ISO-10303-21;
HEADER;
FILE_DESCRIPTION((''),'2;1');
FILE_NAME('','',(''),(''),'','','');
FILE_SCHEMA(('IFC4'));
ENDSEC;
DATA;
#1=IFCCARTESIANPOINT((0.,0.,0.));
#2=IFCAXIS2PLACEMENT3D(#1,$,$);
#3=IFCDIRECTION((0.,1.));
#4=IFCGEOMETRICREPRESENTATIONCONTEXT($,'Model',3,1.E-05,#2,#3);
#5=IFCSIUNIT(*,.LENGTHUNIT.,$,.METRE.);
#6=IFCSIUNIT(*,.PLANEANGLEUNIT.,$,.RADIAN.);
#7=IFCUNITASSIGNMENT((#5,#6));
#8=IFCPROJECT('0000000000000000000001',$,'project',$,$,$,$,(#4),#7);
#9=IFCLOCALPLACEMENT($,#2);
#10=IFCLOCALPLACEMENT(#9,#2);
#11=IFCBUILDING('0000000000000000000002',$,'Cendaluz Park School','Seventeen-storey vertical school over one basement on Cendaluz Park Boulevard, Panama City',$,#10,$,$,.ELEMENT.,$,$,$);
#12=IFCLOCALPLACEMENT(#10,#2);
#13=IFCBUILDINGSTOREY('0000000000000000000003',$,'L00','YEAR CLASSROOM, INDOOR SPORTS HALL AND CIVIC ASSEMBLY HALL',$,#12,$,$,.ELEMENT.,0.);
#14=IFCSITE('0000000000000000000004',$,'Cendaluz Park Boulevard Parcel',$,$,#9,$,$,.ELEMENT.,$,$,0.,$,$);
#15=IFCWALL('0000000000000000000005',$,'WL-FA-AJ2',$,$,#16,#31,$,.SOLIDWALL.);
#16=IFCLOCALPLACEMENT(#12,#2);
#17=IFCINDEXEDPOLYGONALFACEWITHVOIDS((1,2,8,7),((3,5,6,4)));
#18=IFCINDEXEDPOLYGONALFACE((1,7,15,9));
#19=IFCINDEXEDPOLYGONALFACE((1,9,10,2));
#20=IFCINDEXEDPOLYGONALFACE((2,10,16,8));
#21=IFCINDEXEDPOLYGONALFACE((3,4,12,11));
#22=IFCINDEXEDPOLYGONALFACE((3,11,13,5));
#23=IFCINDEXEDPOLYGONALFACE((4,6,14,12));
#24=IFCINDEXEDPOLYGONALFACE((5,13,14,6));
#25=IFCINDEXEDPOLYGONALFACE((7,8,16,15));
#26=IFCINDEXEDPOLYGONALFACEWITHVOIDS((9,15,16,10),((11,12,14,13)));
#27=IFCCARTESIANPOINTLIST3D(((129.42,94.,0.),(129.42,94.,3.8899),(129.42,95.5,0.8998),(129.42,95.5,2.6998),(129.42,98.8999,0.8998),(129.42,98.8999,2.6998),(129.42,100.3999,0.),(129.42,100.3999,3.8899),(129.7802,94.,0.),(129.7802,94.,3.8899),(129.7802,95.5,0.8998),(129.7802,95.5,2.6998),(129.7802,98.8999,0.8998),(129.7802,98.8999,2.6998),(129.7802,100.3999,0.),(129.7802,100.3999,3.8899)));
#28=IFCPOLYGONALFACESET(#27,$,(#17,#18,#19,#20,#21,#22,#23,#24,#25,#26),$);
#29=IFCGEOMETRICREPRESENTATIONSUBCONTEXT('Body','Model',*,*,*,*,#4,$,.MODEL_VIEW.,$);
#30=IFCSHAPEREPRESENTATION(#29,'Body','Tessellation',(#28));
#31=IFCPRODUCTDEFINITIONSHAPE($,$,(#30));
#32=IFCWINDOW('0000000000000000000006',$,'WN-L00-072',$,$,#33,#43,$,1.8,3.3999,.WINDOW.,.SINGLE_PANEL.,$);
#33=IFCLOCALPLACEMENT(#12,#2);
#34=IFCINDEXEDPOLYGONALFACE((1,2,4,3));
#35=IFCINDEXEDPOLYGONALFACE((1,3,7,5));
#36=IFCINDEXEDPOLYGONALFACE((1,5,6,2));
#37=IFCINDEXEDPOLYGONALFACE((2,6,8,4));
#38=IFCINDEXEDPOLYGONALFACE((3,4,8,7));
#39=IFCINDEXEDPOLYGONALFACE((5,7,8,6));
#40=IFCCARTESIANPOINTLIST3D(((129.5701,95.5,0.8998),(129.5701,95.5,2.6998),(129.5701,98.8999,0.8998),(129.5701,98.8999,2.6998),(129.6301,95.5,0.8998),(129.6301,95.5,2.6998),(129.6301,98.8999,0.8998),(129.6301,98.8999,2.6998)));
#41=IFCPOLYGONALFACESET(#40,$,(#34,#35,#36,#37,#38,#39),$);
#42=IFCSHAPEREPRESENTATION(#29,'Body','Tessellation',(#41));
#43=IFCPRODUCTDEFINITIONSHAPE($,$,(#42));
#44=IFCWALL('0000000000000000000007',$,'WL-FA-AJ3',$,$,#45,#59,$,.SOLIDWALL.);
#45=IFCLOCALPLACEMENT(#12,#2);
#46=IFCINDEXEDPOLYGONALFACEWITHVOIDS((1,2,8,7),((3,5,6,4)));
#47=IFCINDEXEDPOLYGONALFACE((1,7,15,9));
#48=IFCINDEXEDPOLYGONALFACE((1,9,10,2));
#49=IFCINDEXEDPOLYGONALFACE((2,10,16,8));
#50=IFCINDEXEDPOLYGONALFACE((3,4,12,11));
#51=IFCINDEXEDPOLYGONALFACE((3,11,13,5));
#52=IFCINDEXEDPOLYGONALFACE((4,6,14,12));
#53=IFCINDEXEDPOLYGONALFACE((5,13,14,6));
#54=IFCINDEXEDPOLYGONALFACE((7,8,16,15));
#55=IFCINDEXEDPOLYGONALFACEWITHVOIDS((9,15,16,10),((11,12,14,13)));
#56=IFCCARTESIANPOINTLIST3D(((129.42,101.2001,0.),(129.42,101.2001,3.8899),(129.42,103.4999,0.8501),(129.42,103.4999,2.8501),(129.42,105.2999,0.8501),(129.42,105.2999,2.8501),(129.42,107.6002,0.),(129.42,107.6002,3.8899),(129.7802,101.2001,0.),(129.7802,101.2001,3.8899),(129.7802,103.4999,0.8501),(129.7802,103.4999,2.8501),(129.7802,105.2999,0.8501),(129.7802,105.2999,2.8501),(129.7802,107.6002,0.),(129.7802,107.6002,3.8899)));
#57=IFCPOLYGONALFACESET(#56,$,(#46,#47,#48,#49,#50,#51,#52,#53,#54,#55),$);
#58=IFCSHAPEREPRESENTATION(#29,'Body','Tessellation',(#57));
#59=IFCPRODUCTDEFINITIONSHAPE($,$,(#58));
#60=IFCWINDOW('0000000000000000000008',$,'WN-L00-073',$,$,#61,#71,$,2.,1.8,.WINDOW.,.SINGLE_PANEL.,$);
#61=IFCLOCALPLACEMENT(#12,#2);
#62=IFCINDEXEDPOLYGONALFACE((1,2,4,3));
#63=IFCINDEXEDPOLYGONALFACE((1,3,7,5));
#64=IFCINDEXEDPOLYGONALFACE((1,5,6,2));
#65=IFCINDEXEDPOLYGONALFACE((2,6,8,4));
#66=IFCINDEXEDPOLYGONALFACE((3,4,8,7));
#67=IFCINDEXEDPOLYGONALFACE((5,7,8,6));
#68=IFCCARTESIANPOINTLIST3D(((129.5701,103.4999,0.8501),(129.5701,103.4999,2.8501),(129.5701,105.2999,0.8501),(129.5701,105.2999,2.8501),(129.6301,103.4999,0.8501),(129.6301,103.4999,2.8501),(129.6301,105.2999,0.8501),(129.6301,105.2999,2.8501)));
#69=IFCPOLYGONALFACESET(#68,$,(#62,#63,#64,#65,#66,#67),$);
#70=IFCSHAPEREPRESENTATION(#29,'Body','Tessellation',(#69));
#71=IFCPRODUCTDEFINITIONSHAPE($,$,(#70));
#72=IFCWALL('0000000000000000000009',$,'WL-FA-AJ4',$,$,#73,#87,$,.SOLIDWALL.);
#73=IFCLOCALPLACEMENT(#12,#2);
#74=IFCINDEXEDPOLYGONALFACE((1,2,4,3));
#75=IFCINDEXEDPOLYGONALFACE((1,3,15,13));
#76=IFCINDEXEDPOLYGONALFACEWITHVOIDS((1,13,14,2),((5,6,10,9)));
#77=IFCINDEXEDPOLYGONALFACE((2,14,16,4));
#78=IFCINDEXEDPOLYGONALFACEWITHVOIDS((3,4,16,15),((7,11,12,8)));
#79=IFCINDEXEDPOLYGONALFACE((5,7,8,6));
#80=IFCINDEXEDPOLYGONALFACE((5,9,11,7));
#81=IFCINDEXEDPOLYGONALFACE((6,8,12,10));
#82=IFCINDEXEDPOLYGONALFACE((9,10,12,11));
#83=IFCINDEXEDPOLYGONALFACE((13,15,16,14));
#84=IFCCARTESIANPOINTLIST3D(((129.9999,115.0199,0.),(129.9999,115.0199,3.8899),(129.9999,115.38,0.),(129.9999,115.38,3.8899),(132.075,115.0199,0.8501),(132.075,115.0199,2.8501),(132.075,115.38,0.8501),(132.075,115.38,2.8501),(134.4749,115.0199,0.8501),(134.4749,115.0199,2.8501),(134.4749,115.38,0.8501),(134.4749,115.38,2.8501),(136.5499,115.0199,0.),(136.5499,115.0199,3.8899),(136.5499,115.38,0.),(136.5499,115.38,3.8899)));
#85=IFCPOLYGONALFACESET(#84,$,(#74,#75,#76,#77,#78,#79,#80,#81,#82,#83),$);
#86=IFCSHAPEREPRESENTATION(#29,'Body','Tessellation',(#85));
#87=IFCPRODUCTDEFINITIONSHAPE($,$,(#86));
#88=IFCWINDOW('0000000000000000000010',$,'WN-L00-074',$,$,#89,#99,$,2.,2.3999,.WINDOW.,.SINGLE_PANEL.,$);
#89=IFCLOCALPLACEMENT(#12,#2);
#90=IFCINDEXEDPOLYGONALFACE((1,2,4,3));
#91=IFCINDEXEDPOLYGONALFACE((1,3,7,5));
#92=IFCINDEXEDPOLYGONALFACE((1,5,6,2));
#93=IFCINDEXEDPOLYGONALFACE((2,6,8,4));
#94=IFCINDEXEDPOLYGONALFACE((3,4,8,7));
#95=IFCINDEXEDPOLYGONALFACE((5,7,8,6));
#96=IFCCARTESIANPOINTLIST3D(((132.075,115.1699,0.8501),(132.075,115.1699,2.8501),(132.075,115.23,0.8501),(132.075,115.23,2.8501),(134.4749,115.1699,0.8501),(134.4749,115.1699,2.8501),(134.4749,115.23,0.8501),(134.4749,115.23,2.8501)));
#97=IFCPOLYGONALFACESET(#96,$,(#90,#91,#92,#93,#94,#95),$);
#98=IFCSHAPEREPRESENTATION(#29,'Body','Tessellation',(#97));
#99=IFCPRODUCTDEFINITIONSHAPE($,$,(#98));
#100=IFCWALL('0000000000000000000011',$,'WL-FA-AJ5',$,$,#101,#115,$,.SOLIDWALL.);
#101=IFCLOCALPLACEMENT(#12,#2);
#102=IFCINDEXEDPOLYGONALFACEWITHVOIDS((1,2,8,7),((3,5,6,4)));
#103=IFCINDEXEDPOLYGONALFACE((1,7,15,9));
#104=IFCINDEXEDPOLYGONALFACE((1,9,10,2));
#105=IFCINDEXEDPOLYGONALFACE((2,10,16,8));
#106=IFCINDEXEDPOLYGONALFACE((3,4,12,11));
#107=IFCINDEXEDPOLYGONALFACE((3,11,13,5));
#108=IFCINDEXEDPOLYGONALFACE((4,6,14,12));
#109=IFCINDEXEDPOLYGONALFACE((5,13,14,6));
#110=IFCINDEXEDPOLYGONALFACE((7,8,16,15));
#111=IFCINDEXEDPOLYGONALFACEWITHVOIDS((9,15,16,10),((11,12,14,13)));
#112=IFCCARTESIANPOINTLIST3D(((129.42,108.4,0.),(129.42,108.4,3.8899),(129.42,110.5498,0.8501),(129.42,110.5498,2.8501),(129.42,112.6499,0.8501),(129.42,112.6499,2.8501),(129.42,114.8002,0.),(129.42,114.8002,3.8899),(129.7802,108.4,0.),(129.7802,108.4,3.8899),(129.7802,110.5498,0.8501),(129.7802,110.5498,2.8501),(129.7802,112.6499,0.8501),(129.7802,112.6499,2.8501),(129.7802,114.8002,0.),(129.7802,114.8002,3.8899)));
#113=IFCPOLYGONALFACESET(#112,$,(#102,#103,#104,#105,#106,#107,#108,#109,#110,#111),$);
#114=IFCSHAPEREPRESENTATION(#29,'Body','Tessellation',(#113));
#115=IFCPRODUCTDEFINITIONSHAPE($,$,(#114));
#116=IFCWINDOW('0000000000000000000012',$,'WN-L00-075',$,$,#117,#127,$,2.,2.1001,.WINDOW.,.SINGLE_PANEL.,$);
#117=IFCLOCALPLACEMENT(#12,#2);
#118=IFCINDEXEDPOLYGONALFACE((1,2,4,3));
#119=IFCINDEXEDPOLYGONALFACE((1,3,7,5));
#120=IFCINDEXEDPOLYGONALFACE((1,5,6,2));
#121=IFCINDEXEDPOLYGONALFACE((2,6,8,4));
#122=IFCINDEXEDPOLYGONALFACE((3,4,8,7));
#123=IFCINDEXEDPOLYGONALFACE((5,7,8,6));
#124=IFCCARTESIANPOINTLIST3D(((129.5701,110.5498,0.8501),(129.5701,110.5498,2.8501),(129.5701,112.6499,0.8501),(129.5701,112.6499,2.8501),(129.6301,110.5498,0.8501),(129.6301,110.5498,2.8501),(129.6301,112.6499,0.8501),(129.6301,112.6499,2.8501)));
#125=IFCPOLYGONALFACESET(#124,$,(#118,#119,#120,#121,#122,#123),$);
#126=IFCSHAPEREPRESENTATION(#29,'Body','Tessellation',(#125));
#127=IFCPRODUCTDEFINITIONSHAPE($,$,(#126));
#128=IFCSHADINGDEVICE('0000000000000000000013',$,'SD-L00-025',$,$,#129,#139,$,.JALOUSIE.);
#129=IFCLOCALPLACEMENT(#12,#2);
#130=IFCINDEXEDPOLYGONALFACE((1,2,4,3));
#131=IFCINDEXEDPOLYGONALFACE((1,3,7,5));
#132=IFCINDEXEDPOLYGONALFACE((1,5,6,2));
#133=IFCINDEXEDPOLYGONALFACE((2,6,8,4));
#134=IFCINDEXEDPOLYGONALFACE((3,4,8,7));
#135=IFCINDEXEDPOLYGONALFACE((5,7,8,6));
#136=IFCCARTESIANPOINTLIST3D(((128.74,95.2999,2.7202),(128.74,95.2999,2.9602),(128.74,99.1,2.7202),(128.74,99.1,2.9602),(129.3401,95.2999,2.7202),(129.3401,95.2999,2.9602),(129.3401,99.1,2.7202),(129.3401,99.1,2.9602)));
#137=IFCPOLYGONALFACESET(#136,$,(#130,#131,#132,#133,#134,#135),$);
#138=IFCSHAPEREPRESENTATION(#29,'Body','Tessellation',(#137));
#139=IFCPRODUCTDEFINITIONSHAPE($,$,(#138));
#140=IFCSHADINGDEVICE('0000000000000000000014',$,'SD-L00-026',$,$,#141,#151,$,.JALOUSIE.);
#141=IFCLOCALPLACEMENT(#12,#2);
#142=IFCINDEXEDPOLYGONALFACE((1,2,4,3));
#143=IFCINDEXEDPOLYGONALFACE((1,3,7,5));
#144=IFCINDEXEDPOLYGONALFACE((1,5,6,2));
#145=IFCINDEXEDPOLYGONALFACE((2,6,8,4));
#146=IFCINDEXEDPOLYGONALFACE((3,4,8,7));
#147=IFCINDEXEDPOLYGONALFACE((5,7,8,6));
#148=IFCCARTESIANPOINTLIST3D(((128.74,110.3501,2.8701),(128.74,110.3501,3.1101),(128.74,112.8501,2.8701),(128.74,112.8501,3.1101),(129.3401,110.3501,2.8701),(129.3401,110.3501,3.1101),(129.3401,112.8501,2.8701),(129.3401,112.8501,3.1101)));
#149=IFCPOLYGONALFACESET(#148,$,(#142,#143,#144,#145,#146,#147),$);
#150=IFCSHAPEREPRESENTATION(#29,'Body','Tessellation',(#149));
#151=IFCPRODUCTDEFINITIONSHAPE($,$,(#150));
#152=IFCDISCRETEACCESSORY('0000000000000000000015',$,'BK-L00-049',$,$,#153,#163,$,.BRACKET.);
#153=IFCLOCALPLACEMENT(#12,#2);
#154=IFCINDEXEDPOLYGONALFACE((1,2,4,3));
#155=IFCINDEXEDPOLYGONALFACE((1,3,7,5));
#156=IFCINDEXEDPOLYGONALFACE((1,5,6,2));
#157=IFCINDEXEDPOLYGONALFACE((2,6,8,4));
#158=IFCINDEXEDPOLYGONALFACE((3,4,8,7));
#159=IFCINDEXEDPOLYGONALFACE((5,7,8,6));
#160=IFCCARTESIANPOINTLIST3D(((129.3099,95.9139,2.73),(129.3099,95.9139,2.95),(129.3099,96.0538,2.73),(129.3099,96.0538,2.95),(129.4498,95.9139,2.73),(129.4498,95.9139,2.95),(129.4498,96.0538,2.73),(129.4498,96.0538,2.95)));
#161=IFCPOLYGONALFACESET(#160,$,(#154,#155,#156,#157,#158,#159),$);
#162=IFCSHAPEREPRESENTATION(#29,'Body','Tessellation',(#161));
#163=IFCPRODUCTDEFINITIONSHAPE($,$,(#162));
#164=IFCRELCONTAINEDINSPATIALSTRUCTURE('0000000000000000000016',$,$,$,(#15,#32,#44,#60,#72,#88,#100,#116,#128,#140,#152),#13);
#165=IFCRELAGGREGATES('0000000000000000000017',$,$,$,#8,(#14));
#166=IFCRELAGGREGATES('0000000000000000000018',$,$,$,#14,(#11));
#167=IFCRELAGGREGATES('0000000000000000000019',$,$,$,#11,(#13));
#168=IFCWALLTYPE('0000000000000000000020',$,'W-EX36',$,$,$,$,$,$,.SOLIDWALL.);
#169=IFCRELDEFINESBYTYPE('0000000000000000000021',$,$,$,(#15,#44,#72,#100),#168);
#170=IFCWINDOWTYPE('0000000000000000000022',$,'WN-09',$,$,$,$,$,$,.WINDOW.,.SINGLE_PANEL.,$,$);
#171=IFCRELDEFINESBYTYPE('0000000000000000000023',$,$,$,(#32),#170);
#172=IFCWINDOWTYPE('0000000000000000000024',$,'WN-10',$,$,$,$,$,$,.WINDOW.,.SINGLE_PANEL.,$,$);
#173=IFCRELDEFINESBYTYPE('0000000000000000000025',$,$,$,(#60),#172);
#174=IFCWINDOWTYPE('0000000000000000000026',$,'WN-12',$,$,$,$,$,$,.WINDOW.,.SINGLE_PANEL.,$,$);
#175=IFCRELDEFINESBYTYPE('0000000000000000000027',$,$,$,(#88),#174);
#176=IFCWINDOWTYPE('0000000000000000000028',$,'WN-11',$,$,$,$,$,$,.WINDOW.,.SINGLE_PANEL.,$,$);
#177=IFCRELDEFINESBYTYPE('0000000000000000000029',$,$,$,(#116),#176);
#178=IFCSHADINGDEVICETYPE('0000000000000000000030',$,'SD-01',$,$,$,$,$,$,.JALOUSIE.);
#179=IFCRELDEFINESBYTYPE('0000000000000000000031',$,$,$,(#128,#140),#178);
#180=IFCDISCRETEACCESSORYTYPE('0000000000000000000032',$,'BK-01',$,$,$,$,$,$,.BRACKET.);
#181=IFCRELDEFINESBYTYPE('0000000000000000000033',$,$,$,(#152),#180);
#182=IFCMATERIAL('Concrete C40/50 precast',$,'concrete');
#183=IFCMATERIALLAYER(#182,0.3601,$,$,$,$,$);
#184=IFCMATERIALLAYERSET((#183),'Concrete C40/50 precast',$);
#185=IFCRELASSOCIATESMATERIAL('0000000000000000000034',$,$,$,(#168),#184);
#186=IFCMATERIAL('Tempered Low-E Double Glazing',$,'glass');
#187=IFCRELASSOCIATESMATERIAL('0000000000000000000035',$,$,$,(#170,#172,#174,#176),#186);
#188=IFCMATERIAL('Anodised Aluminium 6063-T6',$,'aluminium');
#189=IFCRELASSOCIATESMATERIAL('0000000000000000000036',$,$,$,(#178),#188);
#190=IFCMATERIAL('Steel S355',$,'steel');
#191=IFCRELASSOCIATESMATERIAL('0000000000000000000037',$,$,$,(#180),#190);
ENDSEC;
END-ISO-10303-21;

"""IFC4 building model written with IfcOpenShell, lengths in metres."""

from ifc_helpers import new_model, si_unit, direction, frame, frame_2d, origin, origin_2d, place, context, subcontext, project, spatial, rectangle, extrude, material, layer, layer_set, type_object, element, fill, save


model = new_model("IFC4")

# Units and contexts
model_context = context("Model", 3, precision=1e-05, world=origin(), true_north=direction((0.0, 1.0)))
body_context = subcontext(model_context, "Body", "Model", "MODEL_VIEW")
ifc_project = project(units=[si_unit("LENGTHUNIT", "METRE"), si_unit("PLANEANGLEUNIT", "RADIAN")], contexts=[model_context])

# Site, building, storey
site_placement = place(None, origin())
site = spatial("IfcSite", under=ifc_project, at=site_placement, Name="Cendaluz Park Boulevard Parcel", CompositionType="ELEMENT", RefElevation=0.0)
building_placement = place(site_placement, origin())
building = spatial("IfcBuilding", under=site, at=building_placement, Name="Cendaluz Park School", Description="Seventeen-storey vertical school over one basement on Cendaluz Park Boulevard, Panama City", CompositionType="ELEMENT")
storey_placement = place(building_placement, origin())
storey = spatial("IfcBuildingStorey", under=building, at=storey_placement, Name="L00", Description="YEAR CLASSROOM, INDOOR SPORTS HALL AND CIVIC ASSEMBLY HALL", CompositionType="ELEMENT", Elevation=0.0)

# Walls, openings, windows
ifc_material_1 = material(Name="Concrete C40/50 precast", Category="concrete")
ifc_layer_1 = layer(ifc_material_1, 0.3601)
ifc_layer_set_1 = layer_set([ifc_layer_1], Name="Concrete C40/50 precast")
wall_type_1 = type_object("IfcWallType", Name="W-EX36", PredefinedType="SOLIDWALL", material=ifc_layer_set_1)
wall_1_placement = place(storey_placement, frame((129.6001, 94.0, 0.0), z_axis=(0.0, 0.0, 1.0), x_axis=(0.0, 1.0, 0.0)))
wall_1 = element("IfcWall", 1, at=wall_1_placement, inside=storey, type_object=wall_type_1, Name="WL-FA-AJ2", PredefinedType="SOLIDWALL", context=body_context, shape_type="SweptSolid", body=[
    extrude(rectangle(XDim=6.3999, YDim=0.3601, at=frame_2d((3.2, 0.0))), origin(), (0.0, 0.0, 1.0), 3.8899),
])
opening_1_placement = place(wall_1_placement, frame((1.5, 0.0, 0.8999)))
opening_1 = element("IfcOpeningElement", 2, at=opening_1_placement, cuts=wall_1, PredefinedType="OPENING", context=body_context, shape_type="SweptSolid", body=[
    extrude(rectangle(XDim=3.3999, YDim=1.8, at=frame_2d((1.7, 0.8999))), frame((0.0, 0.1921, 0.0), z_axis=(0.0, -1.0, 0.0), x_axis=(1.0, 0.0, 0.0)), (0.0, 0.0, 1.0), 0.384),
])
ifc_material_2 = material(Name="Tempered Low-E Double Glazing", Category="glass")
window_type_1 = type_object("IfcWindowType", Name="WN-09", PartitioningType="SINGLE_PANEL", PredefinedType="WINDOW", material=ifc_material_2)
window_1_placement = place(opening_1_placement, origin())
window_1 = element("IfcWindow", 3, at=window_1_placement, inside=storey, type_object=window_type_1, Name="WN-L00-072", OverallHeight=1.8, OverallWidth=3.3999, PartitioningType="SINGLE_PANEL", PredefinedType="WINDOW", context=body_context, shape_type="SweptSolid", body=[
    extrude(rectangle(XDim=3.3999, YDim=1.8, at=frame_2d((1.7, 0.8999))), frame((0.0, 0.03, 0.0), z_axis=(0.0, -1.0, 0.0), x_axis=(1.0, 0.0, 0.0)), (0.0, 0.0, 1.0), 0.0601),
])
fill(opening_1, window_1)
wall_2_placement = place(storey_placement, frame((129.6001, 101.2, 0.0), z_axis=(0.0, 0.0, 1.0), x_axis=(0.0, 1.0, 0.0)))
wall_2 = element("IfcWall", 4, at=wall_2_placement, inside=storey, type_object=wall_type_1, Name="WL-FA-AJ3", PredefinedType="SOLIDWALL", context=body_context, shape_type="SweptSolid", body=[
    extrude(rectangle(XDim=6.4001, YDim=0.3601, at=frame_2d((3.2002, 0.0))), origin(), (0.0, 0.0, 1.0), 3.8899),
])
opening_2_placement = place(wall_2_placement, frame((2.3, 0.0, 0.8501)))
opening_2 = element("IfcOpeningElement", 5, at=opening_2_placement, cuts=wall_2, PredefinedType="OPENING", context=body_context, shape_type="SweptSolid", body=[
    extrude(rectangle(XDim=1.8, YDim=2.0, at=frame_2d((0.8999, 1.0))), frame((0.0, 0.1921, 0.0), z_axis=(0.0, -1.0, 0.0), x_axis=(1.0, 0.0, 0.0)), (0.0, 0.0, 1.0), 0.384),
])
window_type_2 = type_object("IfcWindowType", Name="WN-10", PartitioningType="SINGLE_PANEL", PredefinedType="WINDOW", material=ifc_material_2)
window_2_placement = place(opening_2_placement, origin())
window_2 = element("IfcWindow", 6, at=window_2_placement, inside=storey, type_object=window_type_2, Name="WN-L00-073", OverallHeight=2.0, OverallWidth=1.8, PartitioningType="SINGLE_PANEL", PredefinedType="WINDOW", context=body_context, shape_type="SweptSolid", body=[
    extrude(rectangle(XDim=1.8, YDim=2.0, at=frame_2d((0.8999, 1.0))), frame((0.0, 0.03, 0.0), z_axis=(0.0, -1.0, 0.0), x_axis=(1.0, 0.0, 0.0)), (0.0, 0.0, 1.0), 0.0601),
])
fill(opening_2, window_2)
wall_3_placement = place(storey_placement, frame((130.0, 115.2, 0.0), z_axis=(0.0, 0.0, 1.0), x_axis=(1.0, 0.0, 0.0)))
wall_3 = element("IfcWall", 7, at=wall_3_placement, inside=storey, type_object=wall_type_1, Name="WL-FA-AJ4", PredefinedType="SOLIDWALL", context=body_context, shape_type="SweptSolid", body=[
    extrude(rectangle(XDim=6.55, YDim=0.3601, at=frame_2d((3.2749, 0.0))), origin(), (0.0, 0.0, 1.0), 3.8899),
])
opening_3_placement = place(wall_3_placement, frame((2.075, 0.0, 0.8501)))
opening_3 = element("IfcOpeningElement", 8, at=opening_3_placement, cuts=wall_3, PredefinedType="OPENING", context=body_context, shape_type="SweptSolid", body=[
    extrude(rectangle(XDim=2.3999, YDim=2.0, at=frame_2d((1.2, 1.0))), frame((0.0, 0.1921, 0.0), z_axis=(0.0, -1.0, 0.0), x_axis=(1.0, 0.0, 0.0)), (0.0, 0.0, 1.0), 0.384),
])
window_type_3 = type_object("IfcWindowType", Name="WN-12", PartitioningType="SINGLE_PANEL", PredefinedType="WINDOW", material=ifc_material_2)
window_3_placement = place(opening_3_placement, origin())
window_3 = element("IfcWindow", 9, at=window_3_placement, inside=storey, type_object=window_type_3, Name="WN-L00-074", OverallHeight=2.0, OverallWidth=2.3999, PartitioningType="SINGLE_PANEL", PredefinedType="WINDOW", context=body_context, shape_type="SweptSolid", body=[
    extrude(rectangle(XDim=2.3999, YDim=2.0, at=frame_2d((1.2, 1.0))), frame((0.0, 0.03, 0.0), z_axis=(0.0, -1.0, 0.0), x_axis=(1.0, 0.0, 0.0)), (0.0, 0.0, 1.0), 0.0601),
])
fill(opening_3, window_3)
wall_4_placement = place(storey_placement, frame((129.6001, 108.3999, 0.0), z_axis=(0.0, 0.0, 1.0), x_axis=(0.0, 1.0, 0.0)))
wall_4 = element("IfcWall", 10, at=wall_4_placement, inside=storey, type_object=wall_type_1, Name="WL-FA-AJ5", PredefinedType="SOLIDWALL", context=body_context, shape_type="SweptSolid", body=[
    extrude(rectangle(XDim=6.4001, YDim=0.3601, at=frame_2d((3.2002, 0.0))), origin(), (0.0, 0.0, 1.0), 3.8899),
])
opening_4_placement = place(wall_4_placement, frame((2.1499, 0.0, 0.8501)))
opening_4 = element("IfcOpeningElement", 11, at=opening_4_placement, cuts=wall_4, PredefinedType="OPENING", context=body_context, shape_type="SweptSolid", body=[
    extrude(rectangle(XDim=2.1001, YDim=2.0, at=frame_2d((1.05, 1.0))), frame((0.0, 0.1921, 0.0), z_axis=(0.0, -1.0, 0.0), x_axis=(1.0, 0.0, 0.0)), (0.0, 0.0, 1.0), 0.384),
])
window_type_4 = type_object("IfcWindowType", Name="WN-11", PartitioningType="SINGLE_PANEL", PredefinedType="WINDOW", material=ifc_material_2)
window_4_placement = place(opening_4_placement, origin())
window_4 = element("IfcWindow", 12, at=window_4_placement, inside=storey, type_object=window_type_4, Name="WN-L00-075", OverallHeight=2.0, OverallWidth=2.1001, PartitioningType="SINGLE_PANEL", PredefinedType="WINDOW", context=body_context, shape_type="SweptSolid", body=[
    extrude(rectangle(XDim=2.1001, YDim=2.0, at=frame_2d((1.05, 1.0))), frame((0.0, 0.03, 0.0), z_axis=(0.0, -1.0, 0.0), x_axis=(1.0, 0.0, 0.0)), (0.0, 0.0, 1.0), 0.0601),
])
fill(opening_4, window_4)

# Shading devices
ifc_material_3 = material(Name="Anodised Aluminium 6063-T6", Category="aluminium")
shading_device_type = type_object("IfcShadingDeviceType", Name="SD-01", PredefinedType="JALOUSIE", material=ifc_material_3)
shading_device_1_placement = place(storey_placement, frame((129.04, 97.2, 2.7202), z_axis=(0.0, 0.0, 1.0), x_axis=(0.0, 1.0, 0.0)))
element("IfcShadingDevice", 13, at=shading_device_1_placement, inside=storey, type_object=shading_device_type, Name="SD-L00-025", PredefinedType="JALOUSIE", context=body_context, shape_type="SweptSolid", body=[
    extrude(rectangle(XDim=3.8, YDim=0.6001, at=origin_2d()), origin(), (0.0, 0.0, 1.0), 0.24),
])
shading_device_2_placement = place(storey_placement, frame((129.04, 111.6001, 2.8701), z_axis=(0.0, 0.0, 1.0), x_axis=(0.0, 1.0, 0.0)))
element("IfcShadingDevice", 14, at=shading_device_2_placement, inside=storey, type_object=shading_device_type, Name="SD-L00-026", PredefinedType="JALOUSIE", context=body_context, shape_type="SweptSolid", body=[
    extrude(rectangle(XDim=2.5, YDim=0.6001, at=origin_2d()), origin(), (0.0, 0.0, 1.0), 0.24),
])

# Discrete accessory
ifc_material_4 = material(Name="Steel S355", Category="steel")
discrete_accessory_type = type_object("IfcDiscreteAccessoryType", Name="BK-01", PredefinedType="BRACKET", material=ifc_material_4)
for number, where, z_axis, x_axis, name in (
    (15, (129.3799, 95.9839, 2.73), (0.0, 0.0, 1.0), (0.0, 1.0, 0.0), "BK-L00-049"),
):
    element("IfcDiscreteAccessory", number, at=place(storey_placement, frame(where, z_axis=z_axis, x_axis=x_axis)), inside=storey, type_object=discrete_accessory_type, Name=name, PredefinedType="BRACKET", context=body_context, shape_type="SweptSolid", body=[
        extrude(rectangle(XDim=0.1399, YDim=0.1399, at=origin_2d()), origin(), (0.0, 0.0, 1.0), 0.22),
    ])

save(model, "model.ifc")
